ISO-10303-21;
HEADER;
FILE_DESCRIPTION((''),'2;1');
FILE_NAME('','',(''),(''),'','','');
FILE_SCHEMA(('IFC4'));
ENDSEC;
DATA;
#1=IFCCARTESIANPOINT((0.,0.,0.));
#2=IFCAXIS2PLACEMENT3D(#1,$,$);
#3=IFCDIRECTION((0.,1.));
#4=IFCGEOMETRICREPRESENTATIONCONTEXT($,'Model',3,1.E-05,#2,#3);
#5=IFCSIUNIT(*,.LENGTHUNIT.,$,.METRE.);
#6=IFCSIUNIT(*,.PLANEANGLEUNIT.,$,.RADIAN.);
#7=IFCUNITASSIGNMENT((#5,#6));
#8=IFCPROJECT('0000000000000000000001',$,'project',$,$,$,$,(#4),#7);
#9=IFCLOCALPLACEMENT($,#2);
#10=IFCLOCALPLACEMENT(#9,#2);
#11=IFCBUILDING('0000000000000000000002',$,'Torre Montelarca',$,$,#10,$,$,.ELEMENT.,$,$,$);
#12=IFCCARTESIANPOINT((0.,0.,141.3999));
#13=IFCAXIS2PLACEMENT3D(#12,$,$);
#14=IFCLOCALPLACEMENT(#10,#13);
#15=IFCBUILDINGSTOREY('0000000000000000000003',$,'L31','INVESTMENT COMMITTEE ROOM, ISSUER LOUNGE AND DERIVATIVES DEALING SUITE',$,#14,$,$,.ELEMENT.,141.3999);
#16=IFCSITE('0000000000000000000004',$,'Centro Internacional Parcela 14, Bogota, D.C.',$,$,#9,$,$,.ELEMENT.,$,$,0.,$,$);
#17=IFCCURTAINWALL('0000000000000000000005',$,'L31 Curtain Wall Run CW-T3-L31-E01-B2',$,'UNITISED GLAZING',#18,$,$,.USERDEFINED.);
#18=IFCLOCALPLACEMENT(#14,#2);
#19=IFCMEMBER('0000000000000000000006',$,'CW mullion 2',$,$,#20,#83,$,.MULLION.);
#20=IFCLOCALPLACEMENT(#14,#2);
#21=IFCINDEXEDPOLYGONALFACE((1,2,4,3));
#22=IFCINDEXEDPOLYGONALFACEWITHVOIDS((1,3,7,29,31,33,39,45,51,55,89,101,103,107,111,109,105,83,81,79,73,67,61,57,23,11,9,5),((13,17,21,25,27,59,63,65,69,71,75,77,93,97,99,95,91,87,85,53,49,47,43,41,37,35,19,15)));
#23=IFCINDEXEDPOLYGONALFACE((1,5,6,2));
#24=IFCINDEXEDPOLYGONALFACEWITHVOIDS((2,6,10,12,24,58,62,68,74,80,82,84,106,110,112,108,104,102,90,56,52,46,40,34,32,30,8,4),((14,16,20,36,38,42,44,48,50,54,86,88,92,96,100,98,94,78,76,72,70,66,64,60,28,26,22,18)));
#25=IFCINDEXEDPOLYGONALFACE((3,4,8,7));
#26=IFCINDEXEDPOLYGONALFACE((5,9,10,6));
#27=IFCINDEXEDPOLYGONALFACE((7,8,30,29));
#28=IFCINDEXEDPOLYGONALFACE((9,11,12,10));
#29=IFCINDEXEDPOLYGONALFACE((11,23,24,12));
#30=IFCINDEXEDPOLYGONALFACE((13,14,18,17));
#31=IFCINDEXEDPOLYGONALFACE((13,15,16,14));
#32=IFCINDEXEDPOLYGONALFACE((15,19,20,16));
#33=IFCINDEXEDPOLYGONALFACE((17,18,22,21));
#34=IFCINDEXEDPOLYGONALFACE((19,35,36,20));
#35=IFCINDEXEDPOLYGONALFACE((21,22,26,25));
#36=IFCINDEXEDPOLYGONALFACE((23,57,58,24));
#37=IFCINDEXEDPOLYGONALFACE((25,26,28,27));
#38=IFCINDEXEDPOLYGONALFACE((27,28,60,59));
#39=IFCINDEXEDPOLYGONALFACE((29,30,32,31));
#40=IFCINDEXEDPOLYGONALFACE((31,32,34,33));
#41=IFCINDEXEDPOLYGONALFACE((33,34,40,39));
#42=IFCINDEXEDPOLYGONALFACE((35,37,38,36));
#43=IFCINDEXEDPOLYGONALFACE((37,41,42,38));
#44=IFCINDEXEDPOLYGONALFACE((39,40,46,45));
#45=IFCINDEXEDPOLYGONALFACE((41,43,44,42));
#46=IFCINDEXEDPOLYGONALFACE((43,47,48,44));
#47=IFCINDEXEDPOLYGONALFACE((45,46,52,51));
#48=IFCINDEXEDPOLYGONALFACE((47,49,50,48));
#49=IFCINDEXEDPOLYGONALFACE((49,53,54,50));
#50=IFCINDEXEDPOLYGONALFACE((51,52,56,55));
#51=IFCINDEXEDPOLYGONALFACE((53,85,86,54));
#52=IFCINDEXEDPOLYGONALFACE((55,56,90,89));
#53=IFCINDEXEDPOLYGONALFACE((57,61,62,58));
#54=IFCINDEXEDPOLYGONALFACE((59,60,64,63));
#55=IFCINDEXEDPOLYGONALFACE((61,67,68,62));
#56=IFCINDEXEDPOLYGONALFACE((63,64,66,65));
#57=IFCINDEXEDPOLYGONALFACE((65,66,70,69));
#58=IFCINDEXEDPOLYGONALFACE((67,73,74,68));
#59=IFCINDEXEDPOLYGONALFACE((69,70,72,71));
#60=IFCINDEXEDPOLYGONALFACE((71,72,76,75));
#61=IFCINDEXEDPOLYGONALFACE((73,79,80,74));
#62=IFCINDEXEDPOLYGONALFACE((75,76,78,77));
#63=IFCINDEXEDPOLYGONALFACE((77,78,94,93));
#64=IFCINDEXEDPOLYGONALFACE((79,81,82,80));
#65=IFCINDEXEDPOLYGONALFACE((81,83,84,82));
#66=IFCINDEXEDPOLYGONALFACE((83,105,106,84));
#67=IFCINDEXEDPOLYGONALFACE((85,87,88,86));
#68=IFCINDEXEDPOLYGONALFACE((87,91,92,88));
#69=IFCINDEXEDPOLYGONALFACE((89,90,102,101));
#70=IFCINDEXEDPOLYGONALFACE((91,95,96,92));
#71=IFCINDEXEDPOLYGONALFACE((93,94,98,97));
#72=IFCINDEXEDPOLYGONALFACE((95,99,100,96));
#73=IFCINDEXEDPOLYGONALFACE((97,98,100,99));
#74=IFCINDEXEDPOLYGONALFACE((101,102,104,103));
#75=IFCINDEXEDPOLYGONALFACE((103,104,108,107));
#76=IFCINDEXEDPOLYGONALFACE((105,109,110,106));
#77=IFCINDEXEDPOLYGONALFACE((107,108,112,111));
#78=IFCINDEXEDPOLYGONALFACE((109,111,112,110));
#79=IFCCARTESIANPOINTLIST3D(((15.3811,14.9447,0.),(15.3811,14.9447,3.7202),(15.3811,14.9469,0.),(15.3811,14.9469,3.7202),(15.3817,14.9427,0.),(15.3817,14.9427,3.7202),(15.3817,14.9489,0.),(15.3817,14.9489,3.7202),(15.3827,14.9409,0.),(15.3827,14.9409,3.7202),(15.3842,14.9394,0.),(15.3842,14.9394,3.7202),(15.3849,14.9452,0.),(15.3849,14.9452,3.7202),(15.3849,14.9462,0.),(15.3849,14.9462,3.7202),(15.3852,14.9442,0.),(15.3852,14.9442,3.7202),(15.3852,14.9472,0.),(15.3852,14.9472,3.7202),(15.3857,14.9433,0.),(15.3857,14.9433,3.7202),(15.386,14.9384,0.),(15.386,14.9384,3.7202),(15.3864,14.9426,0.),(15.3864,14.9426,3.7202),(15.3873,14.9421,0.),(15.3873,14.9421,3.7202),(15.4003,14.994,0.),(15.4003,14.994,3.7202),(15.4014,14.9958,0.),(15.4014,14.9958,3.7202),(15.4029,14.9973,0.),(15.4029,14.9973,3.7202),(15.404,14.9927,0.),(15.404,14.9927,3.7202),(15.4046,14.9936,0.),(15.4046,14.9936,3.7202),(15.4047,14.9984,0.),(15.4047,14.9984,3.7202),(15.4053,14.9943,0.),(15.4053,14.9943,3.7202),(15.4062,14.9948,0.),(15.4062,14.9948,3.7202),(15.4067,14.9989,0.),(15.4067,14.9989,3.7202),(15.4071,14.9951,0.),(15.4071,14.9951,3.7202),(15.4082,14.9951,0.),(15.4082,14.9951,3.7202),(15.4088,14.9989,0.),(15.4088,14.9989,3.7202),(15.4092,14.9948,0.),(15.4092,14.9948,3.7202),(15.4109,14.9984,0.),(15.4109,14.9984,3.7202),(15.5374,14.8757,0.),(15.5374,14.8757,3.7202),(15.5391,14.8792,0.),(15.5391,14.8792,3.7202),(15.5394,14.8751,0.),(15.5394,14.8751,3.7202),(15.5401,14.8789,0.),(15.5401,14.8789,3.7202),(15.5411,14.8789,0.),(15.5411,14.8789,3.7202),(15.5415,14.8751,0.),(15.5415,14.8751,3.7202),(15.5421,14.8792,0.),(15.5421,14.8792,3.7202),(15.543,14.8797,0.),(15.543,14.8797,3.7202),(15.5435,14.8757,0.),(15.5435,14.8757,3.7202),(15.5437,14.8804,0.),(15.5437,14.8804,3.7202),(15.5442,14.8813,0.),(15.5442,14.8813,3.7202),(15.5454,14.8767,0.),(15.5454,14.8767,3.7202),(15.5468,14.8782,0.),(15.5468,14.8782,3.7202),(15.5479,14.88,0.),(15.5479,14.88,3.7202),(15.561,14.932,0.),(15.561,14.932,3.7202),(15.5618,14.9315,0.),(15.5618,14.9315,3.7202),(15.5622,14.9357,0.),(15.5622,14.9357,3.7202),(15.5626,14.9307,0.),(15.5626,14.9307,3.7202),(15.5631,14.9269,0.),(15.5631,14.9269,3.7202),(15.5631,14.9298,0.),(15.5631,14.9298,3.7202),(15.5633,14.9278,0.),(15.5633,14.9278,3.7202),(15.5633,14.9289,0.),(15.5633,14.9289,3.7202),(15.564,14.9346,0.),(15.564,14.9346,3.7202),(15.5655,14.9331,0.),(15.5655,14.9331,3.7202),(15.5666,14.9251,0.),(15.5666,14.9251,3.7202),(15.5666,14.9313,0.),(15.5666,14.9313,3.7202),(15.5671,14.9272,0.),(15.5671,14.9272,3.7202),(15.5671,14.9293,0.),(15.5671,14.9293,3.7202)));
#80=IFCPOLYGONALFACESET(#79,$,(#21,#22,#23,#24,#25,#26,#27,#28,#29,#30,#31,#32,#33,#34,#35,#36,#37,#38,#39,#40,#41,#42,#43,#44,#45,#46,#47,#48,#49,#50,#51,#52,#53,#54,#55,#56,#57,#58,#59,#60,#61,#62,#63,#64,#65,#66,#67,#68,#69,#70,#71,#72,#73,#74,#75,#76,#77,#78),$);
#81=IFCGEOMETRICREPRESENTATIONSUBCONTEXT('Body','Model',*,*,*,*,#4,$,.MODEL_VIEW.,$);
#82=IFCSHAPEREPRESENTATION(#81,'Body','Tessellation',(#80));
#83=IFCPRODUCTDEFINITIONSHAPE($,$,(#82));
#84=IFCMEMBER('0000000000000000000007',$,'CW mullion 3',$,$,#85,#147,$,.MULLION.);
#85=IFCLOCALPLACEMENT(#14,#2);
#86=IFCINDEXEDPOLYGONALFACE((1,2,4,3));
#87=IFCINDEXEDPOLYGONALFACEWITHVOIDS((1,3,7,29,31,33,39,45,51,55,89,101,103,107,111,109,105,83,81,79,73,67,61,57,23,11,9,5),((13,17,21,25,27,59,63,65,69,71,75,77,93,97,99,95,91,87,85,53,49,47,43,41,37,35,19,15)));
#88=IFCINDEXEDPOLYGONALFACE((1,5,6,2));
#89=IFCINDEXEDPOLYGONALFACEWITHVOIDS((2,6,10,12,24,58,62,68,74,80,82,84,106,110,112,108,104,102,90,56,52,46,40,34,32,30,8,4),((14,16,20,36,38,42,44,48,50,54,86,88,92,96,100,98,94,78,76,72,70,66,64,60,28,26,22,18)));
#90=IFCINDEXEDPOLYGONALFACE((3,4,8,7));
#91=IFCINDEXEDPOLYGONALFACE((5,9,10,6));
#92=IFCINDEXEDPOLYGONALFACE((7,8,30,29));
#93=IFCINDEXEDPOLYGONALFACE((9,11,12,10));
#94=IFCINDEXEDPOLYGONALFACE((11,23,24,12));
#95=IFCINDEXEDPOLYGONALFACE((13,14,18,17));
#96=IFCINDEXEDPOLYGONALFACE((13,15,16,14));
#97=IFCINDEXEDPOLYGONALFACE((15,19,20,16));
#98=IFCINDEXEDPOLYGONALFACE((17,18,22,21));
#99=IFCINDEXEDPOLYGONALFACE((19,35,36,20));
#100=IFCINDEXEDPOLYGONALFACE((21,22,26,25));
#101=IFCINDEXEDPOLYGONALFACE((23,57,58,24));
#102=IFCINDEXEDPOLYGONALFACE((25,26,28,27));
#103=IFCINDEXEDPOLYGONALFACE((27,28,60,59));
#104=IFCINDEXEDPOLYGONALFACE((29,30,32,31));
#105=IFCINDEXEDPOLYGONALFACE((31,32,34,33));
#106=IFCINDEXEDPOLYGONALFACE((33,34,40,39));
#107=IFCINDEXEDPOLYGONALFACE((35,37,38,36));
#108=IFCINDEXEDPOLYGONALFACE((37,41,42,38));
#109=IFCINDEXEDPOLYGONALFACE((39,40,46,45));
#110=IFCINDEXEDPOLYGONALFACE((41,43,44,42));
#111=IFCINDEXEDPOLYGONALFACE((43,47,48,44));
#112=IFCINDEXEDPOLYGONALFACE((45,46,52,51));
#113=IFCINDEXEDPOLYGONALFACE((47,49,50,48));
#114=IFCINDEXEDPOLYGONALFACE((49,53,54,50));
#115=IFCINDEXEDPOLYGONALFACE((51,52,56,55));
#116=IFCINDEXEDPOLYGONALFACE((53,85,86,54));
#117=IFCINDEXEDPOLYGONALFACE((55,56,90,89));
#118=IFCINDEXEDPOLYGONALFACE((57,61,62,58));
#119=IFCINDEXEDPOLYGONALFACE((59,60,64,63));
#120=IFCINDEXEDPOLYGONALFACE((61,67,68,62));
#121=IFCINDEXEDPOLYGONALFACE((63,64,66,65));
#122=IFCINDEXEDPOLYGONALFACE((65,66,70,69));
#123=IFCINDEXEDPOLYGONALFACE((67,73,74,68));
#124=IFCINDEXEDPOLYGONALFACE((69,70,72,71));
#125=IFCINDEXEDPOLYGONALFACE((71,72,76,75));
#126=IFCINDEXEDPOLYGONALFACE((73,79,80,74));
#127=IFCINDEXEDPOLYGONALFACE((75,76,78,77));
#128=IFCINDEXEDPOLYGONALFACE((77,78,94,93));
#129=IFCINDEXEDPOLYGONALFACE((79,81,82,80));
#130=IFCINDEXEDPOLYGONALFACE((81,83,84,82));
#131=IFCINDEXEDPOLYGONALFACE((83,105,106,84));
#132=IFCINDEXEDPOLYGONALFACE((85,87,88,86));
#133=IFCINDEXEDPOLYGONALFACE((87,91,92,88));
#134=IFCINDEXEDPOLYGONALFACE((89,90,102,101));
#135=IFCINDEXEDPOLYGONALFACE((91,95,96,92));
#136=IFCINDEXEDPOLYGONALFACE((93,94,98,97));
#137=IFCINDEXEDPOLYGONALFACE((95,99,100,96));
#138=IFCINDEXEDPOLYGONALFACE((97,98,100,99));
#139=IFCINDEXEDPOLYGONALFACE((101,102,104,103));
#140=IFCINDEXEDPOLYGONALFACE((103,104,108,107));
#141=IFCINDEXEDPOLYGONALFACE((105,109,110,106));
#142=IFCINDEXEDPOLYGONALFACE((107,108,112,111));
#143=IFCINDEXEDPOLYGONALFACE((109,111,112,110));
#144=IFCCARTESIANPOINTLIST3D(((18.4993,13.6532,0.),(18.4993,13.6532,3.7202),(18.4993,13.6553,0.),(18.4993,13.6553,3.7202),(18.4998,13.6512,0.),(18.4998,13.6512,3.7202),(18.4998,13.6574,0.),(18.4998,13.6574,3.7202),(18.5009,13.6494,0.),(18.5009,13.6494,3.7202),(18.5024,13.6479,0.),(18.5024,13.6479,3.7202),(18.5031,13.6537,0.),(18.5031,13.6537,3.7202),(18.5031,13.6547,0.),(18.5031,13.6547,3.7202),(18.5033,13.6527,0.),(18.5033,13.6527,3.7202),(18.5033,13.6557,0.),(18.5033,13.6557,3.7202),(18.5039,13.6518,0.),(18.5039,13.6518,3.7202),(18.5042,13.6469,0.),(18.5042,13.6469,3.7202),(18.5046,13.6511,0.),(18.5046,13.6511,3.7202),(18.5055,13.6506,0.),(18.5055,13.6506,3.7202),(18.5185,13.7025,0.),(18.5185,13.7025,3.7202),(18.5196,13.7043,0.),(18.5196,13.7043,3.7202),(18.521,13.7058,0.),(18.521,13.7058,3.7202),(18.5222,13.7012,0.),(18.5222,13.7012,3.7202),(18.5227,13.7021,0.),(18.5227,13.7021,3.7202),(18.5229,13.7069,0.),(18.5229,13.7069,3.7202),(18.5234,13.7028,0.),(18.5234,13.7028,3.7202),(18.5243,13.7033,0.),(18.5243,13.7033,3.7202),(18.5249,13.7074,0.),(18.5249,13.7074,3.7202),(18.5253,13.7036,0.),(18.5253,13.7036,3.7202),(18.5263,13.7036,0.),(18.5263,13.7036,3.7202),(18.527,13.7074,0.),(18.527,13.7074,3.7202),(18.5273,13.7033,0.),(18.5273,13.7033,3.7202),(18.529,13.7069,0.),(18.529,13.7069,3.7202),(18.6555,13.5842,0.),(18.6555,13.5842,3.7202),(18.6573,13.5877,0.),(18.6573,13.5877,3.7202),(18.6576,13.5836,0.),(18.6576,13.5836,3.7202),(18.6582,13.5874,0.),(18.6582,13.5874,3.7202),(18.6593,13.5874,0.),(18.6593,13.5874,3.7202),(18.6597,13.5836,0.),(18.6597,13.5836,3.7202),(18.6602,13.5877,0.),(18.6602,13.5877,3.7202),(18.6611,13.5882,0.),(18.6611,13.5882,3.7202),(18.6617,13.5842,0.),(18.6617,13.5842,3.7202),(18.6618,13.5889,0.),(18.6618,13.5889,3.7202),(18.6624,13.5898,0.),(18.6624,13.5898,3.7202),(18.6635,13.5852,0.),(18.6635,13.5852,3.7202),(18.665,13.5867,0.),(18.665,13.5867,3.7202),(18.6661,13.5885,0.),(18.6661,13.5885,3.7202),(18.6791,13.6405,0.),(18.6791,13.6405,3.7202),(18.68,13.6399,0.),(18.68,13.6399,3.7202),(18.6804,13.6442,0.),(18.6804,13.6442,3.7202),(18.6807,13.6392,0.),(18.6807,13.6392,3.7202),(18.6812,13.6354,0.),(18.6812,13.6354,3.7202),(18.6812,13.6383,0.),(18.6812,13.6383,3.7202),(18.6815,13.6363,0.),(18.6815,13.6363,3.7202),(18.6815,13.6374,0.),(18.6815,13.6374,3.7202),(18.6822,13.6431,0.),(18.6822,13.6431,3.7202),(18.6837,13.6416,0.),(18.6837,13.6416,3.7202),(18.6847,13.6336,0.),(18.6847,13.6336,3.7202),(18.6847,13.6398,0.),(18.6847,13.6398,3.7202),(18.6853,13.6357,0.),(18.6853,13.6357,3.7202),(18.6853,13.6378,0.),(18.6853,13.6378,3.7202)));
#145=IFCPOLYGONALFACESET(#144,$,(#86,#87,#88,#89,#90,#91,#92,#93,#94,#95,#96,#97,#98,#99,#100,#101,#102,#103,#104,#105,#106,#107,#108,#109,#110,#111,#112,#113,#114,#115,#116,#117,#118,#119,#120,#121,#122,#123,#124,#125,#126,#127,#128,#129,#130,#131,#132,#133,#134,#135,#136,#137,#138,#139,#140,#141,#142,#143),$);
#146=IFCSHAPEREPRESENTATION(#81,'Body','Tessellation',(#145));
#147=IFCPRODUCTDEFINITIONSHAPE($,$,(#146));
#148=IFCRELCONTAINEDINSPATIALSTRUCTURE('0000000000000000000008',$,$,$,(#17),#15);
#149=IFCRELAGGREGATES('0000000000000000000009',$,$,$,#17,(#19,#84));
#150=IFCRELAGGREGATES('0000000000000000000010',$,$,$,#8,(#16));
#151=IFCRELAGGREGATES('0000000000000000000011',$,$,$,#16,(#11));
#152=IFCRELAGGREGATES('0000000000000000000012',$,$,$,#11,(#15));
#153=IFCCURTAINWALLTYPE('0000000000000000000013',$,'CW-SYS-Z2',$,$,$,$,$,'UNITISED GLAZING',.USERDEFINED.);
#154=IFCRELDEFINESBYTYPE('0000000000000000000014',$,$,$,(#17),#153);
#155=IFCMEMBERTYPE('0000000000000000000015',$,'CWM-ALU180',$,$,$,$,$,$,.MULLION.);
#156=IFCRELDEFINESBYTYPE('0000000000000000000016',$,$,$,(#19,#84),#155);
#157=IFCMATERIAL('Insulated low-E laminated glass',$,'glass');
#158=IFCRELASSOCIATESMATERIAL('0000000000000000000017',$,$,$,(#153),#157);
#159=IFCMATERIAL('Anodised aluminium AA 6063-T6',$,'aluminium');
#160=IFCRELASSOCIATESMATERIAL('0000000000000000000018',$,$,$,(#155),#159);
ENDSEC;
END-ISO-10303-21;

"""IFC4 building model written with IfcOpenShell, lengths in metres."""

from ifc_helpers import new_model, si_unit, direction, frame, origin, origin_2d, place, context, subcontext, project, spatial, hollow_rectangle, extrude, source, transform, mapped, material, material_profile, profile_set, type_object, element, aggregate, save


model = new_model("IFC4")

# Units and contexts
model_context = context("Model", 3, precision=1e-05, world=origin(), true_north=direction((0.0, 1.0)))
body_context = subcontext(model_context, "Body", "Model", "MODEL_VIEW")
ifc_project = project(units=[si_unit("LENGTHUNIT", "METRE"), si_unit("PLANEANGLEUNIT", "RADIAN")], contexts=[model_context])

# Site, building, storey
site_placement = place(None, origin())
site = spatial("IfcSite", under=ifc_project, at=site_placement, Name="Centro Internacional Parcela 14, Bogota, D.C.", CompositionType="ELEMENT", RefElevation=0.0)
building_placement = place(site_placement, origin())
building = spatial("IfcBuilding", under=site, at=building_placement, Name="Torre Montelarca", CompositionType="ELEMENT")
storey_placement = place(building_placement, frame((0.0, 0.0, 141.3999)))
storey = spatial("IfcBuildingStorey", under=building, at=storey_placement, Name="L31", Description="INVESTMENT COMMITTEE ROOM, ISSUER LOUNGE AND DERIVATIVES DEALING SUITE", CompositionType="ELEMENT", Elevation=141.3999)

# Curtain wall, members
ifc_material_1 = material(Name="Insulated low-E laminated glass", Category="glass")
curtain_wall_type = type_object("IfcCurtainWallType", Name="CW-SYS-Z2", ElementType="UNITISED GLAZING", PredefinedType="USERDEFINED", material=ifc_material_1)
ifc_material_2 = material(Name="Anodised aluminium AA 6063-T6", Category="aluminium")
ifc_material_profile_1 = material_profile(ifc_material_2, hollow_rectangle(XDim=0.0649, YDim=0.1799, WallThickness=0.0039, InnerFilletRadius=0.0039, OuterFilletRadius=0.0081, at=origin_2d()), Name="ALU65X180X4", Category="aluminium")
ifc_profile_set_1 = profile_set([ifc_material_profile_1], Name="Anodised aluminium AA 6063-T6")
member_type_1 = type_object("IfcMemberType", Name="CWM-ALU180", PredefinedType="MULLION", material=ifc_profile_set_1)
shared_shape_1 = source(origin(), body_context, "Body", "SweptSolid", [
    extrude(hollow_rectangle(XDim=0.0649, YDim=0.1799, WallThickness=0.0039, InnerFilletRadius=0.0039, OuterFilletRadius=0.0081, at=origin_2d()), origin(), (0.0, 0.0, 1.0), 3.7202),
])
curtain_wall_1_placement = place(storey_placement, origin())
curtain_wall_1 = element("IfcCurtainWall", 1, at=curtain_wall_1_placement, inside=storey, type_object=curtain_wall_type, Name="L31 Curtain Wall Run CW-T3-L31-E01-B2", ObjectType="UNITISED GLAZING", PredefinedType="USERDEFINED")
member_1_placement = place(storey_placement, frame((15.4741, 14.937, 0.0), z_axis=(0.0, 0.0, 1.0), x_axis=(0.382682, 0.92388, 0.0)))
member_1 = element("IfcMember", 2, at=member_1_placement, type_object=member_type_1, Name="CW mullion 2", PredefinedType="MULLION", context=body_context, shape_type="MappedRepresentation", body=[
    mapped(shared_shape_1, transform((0.0, 0.0, 0.0), scale=1.0)),
])
member_2_placement = place(storey_placement, frame((18.5923, 13.6455, 0.0), z_axis=(0.0, 0.0, 1.0), x_axis=(0.382682, 0.92388, 0.0)))
member_2 = element("IfcMember", 3, at=member_2_placement, type_object=member_type_1, Name="CW mullion 3", PredefinedType="MULLION", context=body_context, shape_type="MappedRepresentation", body=[
    mapped(shared_shape_1, transform((0.0, 0.0, 0.0), scale=1.0)),
])

aggregate(curtain_wall_1, [member_1, member_2])

save(model, "model.ifc")
